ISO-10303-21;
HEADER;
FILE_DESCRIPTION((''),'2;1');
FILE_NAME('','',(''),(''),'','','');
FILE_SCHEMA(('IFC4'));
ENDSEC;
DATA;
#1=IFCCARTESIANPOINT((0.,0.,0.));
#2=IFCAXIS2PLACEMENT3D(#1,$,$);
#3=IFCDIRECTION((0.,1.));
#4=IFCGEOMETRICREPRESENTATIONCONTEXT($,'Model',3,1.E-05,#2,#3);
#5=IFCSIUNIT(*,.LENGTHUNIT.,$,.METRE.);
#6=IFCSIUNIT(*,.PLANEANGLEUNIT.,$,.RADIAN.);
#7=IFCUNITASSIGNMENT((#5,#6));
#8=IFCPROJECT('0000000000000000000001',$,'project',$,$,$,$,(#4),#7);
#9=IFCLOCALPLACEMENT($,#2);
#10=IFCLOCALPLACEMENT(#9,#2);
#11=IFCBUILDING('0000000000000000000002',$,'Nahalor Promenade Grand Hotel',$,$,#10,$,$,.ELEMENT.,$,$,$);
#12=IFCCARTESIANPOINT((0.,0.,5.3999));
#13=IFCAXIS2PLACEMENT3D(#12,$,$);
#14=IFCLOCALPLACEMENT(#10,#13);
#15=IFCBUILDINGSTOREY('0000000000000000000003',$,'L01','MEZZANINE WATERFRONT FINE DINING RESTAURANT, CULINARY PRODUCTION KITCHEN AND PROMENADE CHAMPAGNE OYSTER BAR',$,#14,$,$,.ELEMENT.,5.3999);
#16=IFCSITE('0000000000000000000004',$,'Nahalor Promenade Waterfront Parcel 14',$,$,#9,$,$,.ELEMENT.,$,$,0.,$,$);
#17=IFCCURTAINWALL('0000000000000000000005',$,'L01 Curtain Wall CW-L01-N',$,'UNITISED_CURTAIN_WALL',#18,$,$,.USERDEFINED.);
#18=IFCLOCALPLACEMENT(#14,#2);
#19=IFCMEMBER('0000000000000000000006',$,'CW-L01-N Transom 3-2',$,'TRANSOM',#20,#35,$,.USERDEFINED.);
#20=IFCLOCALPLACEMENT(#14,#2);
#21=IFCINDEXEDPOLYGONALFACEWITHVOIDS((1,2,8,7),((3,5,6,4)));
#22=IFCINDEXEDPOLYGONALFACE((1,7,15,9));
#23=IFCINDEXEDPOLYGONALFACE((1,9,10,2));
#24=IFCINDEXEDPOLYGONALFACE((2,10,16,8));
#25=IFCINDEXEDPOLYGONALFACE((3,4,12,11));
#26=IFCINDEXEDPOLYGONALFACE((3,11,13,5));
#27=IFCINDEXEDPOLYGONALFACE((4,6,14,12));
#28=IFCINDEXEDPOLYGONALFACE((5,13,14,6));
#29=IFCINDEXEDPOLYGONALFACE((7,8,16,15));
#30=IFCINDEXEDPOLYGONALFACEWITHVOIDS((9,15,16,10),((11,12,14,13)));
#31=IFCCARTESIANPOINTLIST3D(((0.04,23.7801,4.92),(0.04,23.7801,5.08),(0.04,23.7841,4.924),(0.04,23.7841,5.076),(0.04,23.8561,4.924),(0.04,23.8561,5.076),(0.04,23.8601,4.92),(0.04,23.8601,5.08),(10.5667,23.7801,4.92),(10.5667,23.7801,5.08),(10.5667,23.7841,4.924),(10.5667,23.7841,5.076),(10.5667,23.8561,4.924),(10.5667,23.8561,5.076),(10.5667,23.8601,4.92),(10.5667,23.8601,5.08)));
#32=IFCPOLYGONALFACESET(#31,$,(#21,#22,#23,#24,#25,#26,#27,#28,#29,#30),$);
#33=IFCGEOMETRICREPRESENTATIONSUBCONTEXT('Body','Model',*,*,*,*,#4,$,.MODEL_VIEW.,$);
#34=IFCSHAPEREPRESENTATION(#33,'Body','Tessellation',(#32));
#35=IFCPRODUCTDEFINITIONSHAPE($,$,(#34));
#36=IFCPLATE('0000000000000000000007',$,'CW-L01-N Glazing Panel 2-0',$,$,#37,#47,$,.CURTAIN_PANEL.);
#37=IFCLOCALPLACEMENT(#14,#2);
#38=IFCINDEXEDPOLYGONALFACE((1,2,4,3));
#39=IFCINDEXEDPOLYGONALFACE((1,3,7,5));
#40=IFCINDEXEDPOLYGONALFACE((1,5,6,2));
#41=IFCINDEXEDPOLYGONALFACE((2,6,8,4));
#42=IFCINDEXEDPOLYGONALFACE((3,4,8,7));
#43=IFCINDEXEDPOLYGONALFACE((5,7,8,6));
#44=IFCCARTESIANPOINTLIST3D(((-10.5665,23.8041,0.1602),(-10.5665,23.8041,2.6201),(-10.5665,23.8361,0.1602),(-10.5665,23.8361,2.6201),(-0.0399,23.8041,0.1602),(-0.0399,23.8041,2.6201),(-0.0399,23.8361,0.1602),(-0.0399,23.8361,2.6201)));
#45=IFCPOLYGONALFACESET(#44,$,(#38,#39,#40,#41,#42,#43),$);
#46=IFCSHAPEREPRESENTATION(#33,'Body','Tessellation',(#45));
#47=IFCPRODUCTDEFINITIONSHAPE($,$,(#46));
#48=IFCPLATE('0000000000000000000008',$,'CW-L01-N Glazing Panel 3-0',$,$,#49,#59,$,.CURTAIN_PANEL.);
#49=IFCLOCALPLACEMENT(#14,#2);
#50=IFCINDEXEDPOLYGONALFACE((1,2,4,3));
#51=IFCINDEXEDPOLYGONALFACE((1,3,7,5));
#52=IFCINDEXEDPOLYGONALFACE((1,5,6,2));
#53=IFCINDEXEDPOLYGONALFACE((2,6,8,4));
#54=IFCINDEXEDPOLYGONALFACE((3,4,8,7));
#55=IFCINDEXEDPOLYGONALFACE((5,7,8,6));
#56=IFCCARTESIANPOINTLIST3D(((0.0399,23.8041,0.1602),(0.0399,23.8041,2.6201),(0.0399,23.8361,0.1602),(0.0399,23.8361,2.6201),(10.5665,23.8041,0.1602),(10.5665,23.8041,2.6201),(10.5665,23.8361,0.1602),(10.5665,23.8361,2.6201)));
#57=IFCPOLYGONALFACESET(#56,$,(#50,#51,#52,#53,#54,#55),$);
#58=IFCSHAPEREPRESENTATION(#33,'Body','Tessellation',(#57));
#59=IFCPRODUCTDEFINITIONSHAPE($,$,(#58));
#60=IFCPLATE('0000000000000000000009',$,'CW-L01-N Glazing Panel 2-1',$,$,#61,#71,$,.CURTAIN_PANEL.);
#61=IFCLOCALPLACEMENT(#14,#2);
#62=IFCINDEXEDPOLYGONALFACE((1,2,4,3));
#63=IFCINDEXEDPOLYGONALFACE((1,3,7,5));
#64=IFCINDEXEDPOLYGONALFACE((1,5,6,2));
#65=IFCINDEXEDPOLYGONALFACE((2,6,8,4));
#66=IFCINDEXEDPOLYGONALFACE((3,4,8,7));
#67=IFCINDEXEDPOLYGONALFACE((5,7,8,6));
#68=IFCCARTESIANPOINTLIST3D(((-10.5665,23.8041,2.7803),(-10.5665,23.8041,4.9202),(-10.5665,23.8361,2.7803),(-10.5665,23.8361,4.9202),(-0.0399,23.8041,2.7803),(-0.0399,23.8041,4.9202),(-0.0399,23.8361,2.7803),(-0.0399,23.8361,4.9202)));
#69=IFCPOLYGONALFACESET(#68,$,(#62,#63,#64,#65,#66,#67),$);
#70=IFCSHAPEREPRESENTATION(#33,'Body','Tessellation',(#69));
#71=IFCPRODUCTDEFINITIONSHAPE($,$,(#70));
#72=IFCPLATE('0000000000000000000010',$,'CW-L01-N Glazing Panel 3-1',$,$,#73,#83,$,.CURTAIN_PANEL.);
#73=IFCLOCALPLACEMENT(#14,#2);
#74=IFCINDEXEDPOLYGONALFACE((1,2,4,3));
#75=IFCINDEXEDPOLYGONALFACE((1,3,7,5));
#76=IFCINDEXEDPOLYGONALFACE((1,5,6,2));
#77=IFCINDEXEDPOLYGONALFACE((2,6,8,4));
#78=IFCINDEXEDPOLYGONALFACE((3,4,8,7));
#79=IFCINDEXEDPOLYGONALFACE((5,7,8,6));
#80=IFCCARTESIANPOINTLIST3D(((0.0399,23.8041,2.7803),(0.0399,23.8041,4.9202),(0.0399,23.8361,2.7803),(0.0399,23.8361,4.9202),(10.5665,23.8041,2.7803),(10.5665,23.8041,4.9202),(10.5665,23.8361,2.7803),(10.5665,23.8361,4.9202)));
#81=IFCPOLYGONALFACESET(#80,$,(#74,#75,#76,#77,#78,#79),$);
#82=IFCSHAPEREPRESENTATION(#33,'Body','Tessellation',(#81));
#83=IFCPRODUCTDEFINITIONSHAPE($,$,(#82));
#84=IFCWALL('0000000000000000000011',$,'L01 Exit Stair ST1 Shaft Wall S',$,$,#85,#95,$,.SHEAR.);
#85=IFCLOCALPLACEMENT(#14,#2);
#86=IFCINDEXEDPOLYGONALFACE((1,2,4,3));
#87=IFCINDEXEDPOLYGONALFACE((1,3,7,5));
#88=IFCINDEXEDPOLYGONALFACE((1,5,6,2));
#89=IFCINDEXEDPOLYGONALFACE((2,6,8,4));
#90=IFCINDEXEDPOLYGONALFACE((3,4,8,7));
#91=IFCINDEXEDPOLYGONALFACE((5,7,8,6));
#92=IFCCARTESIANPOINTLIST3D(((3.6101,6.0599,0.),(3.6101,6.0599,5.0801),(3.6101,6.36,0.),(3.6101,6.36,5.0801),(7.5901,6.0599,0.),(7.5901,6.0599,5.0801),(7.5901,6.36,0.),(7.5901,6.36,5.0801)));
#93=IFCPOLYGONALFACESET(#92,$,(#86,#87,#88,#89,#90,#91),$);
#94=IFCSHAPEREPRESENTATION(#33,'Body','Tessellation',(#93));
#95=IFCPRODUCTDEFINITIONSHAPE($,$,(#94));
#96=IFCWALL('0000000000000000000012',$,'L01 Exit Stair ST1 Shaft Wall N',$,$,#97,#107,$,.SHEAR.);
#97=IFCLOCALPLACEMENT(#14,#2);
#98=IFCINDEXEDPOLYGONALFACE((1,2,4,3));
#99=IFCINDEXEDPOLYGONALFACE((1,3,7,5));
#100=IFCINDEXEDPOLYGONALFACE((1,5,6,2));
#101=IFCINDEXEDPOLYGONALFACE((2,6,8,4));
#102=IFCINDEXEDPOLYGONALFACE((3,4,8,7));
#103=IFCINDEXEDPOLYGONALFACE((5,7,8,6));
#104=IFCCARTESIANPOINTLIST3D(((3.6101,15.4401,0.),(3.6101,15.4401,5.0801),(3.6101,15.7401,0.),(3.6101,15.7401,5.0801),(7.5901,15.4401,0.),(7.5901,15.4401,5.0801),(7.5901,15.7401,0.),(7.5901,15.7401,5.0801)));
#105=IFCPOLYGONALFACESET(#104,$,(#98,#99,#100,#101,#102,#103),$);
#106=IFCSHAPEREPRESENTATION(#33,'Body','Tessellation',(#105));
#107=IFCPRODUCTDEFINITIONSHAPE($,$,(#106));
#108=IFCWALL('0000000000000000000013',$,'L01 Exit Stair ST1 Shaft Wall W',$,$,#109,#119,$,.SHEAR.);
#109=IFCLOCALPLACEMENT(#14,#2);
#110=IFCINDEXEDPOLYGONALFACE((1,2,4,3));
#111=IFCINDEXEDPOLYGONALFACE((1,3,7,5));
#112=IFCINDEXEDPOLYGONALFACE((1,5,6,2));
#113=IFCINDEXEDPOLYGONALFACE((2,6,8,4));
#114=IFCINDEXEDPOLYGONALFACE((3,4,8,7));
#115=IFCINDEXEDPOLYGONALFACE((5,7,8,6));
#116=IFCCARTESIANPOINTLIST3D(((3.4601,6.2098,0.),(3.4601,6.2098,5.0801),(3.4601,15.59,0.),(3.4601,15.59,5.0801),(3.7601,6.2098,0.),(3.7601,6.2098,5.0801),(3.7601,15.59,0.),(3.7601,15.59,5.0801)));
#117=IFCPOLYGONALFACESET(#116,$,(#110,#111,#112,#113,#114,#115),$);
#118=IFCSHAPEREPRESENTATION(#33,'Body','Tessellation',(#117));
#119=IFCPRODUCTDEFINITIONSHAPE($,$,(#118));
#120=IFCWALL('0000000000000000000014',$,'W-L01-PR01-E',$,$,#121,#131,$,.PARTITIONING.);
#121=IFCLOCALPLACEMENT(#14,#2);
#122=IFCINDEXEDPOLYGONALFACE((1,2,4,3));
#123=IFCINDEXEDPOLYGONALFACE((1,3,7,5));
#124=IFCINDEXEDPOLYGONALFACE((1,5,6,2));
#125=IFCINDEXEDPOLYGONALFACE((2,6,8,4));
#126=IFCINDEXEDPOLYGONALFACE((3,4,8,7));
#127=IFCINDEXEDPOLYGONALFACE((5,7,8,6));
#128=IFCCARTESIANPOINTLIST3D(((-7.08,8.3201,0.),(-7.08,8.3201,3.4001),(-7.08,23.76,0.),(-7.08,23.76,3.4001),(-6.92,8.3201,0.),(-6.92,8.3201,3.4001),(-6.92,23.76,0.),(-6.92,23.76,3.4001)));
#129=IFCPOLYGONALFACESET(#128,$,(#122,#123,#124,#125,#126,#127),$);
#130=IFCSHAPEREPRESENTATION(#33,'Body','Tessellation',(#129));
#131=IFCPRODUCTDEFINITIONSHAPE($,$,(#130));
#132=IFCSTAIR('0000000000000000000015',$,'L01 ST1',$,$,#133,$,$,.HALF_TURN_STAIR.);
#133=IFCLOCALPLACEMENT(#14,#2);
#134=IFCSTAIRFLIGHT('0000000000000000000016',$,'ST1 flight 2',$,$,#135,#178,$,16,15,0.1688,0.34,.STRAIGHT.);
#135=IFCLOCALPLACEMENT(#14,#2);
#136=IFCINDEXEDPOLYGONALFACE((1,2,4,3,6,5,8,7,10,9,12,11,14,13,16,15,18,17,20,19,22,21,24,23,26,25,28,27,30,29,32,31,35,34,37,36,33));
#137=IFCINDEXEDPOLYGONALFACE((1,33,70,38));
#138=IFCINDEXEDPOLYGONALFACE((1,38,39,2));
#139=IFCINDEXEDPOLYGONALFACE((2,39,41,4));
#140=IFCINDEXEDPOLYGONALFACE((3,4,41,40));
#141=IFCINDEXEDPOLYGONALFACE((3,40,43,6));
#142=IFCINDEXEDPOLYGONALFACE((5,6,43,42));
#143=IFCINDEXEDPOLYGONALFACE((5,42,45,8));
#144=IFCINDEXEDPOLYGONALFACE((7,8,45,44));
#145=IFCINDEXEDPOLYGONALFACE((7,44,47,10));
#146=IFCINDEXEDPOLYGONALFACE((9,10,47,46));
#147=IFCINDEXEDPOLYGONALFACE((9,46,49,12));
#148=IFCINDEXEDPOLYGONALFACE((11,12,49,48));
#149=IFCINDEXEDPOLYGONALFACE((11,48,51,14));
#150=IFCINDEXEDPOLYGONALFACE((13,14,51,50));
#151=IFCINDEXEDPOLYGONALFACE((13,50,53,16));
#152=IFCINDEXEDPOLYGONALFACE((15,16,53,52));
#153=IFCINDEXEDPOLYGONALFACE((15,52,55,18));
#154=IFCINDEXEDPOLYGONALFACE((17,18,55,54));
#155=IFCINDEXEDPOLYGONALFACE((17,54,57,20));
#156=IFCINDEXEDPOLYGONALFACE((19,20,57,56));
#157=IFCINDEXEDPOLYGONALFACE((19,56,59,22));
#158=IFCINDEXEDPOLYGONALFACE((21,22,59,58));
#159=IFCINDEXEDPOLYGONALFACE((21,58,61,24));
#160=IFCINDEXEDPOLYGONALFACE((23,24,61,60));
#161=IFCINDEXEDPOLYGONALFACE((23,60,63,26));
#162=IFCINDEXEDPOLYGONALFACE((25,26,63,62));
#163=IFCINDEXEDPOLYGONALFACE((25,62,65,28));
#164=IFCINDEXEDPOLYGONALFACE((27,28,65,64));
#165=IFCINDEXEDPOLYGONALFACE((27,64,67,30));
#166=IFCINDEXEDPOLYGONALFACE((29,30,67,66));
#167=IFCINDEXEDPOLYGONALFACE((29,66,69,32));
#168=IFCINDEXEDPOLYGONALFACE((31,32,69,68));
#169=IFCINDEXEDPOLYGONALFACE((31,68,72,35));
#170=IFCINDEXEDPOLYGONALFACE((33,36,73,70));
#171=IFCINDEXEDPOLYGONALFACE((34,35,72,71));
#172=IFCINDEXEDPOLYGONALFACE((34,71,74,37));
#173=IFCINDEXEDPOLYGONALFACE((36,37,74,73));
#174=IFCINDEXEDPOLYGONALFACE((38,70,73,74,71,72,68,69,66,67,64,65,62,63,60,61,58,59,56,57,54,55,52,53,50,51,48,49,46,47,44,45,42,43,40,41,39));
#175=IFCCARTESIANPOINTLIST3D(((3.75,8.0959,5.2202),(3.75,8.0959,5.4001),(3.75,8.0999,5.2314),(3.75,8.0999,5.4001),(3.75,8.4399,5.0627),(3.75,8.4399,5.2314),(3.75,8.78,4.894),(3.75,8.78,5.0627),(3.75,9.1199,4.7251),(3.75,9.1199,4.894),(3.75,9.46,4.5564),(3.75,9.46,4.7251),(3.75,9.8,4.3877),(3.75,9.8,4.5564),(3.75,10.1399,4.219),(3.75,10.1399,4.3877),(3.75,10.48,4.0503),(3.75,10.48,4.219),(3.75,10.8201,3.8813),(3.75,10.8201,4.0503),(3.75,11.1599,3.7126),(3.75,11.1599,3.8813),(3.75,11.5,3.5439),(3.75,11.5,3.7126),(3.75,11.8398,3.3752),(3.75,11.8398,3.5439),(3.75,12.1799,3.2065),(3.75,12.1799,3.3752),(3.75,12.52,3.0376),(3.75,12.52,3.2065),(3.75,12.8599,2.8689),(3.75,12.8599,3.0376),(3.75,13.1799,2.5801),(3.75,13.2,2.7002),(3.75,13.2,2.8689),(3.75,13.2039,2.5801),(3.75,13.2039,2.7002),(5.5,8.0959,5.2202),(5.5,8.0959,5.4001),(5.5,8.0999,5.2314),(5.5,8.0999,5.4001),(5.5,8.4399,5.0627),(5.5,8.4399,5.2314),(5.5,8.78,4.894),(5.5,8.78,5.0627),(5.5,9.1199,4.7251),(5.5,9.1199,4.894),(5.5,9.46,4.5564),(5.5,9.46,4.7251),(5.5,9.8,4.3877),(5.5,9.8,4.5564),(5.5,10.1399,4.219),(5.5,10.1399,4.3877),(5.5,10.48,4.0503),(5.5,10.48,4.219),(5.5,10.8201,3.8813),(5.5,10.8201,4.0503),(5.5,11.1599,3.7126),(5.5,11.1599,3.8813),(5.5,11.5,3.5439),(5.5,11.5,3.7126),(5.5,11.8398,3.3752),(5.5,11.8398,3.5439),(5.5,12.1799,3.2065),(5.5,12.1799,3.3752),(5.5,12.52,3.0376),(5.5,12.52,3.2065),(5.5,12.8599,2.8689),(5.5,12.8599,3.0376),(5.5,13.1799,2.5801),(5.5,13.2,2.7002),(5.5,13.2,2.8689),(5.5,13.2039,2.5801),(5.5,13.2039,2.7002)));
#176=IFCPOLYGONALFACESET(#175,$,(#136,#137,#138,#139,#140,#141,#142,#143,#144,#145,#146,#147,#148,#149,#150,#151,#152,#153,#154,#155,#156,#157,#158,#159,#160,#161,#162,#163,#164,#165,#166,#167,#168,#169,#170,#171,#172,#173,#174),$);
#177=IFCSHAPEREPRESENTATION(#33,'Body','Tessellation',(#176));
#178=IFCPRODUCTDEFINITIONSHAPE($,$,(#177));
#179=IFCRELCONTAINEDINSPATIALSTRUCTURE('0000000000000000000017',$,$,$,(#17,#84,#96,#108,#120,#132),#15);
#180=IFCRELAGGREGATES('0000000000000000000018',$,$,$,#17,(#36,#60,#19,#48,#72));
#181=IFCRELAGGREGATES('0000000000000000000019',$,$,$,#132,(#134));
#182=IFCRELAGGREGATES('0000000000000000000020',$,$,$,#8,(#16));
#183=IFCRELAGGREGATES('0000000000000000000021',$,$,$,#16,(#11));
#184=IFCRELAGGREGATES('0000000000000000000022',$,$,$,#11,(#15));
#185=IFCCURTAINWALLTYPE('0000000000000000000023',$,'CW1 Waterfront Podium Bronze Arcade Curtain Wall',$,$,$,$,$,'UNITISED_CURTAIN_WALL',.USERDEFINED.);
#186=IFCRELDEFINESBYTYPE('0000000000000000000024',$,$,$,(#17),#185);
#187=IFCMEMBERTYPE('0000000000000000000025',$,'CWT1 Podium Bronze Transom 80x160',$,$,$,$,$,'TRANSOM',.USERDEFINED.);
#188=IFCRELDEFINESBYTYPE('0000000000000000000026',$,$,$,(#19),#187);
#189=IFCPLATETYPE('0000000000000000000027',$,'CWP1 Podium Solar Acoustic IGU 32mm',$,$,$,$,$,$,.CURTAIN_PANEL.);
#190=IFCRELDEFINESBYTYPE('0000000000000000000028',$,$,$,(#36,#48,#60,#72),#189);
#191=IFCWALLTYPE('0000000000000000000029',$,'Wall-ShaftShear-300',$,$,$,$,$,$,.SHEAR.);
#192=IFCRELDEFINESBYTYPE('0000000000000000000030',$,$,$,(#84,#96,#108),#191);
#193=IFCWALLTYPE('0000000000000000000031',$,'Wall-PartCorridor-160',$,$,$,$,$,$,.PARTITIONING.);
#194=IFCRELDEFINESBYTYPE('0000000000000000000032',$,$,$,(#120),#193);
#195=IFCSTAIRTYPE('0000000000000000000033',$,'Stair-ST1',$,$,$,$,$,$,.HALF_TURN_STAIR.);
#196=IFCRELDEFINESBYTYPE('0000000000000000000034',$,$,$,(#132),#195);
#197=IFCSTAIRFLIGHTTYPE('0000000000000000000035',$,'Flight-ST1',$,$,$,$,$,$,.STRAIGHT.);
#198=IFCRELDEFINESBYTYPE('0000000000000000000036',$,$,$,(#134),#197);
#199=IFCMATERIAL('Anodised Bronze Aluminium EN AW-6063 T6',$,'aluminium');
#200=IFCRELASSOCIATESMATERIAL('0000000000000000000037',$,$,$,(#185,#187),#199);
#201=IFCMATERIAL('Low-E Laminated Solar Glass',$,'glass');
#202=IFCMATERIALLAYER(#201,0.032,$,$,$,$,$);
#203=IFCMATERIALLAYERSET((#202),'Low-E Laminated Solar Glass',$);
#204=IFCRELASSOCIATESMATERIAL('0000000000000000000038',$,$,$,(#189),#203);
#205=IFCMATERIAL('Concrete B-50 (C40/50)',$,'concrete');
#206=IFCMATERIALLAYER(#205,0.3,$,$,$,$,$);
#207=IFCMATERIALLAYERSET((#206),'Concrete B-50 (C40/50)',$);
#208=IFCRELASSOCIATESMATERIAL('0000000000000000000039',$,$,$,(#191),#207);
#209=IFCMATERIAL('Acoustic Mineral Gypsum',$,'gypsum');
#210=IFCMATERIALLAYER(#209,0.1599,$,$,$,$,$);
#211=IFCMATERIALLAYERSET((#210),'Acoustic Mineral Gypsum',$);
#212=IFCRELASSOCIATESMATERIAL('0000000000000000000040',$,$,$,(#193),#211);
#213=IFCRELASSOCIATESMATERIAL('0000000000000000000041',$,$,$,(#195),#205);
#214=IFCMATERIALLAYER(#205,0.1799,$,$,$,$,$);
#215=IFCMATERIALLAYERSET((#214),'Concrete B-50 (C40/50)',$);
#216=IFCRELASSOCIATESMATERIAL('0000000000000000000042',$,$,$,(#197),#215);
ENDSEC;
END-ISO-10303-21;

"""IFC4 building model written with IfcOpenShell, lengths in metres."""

from ifc_helpers import new_model, si_unit, direction, frame, frame_2d, origin, origin_2d, place, context, subcontext, project, spatial, polyline, rectangle, hollow_rectangle, outline, extrude, source, transform, mapped, material, layer, layer_set, material_profile, profile_set, type_object, element, aggregate, save


model = new_model("IFC4")

# Units and contexts
model_context = context("Model", 3, precision=1e-05, world=origin(), true_north=direction((0.0, 1.0)))
body_context = subcontext(model_context, "Body", "Model", "MODEL_VIEW")
ifc_project = project(units=[si_unit("LENGTHUNIT", "METRE"), si_unit("PLANEANGLEUNIT", "RADIAN")], contexts=[model_context])

# Site, building, storey
site_placement = place(None, origin())
site = spatial("IfcSite", under=ifc_project, at=site_placement, Name="Nahalor Promenade Waterfront Parcel 14", CompositionType="ELEMENT", RefElevation=0.0)
building_placement = place(site_placement, origin())
building = spatial("IfcBuilding", under=site, at=building_placement, Name="Nahalor Promenade Grand Hotel", CompositionType="ELEMENT")
storey_placement = place(building_placement, frame((0.0, 0.0, 5.3999)))
storey = spatial("IfcBuildingStorey", under=building, at=storey_placement, Name="L01", Description="MEZZANINE WATERFRONT FINE DINING RESTAURANT, CULINARY PRODUCTION KITCHEN AND PROMENADE CHAMPAGNE OYSTER BAR", CompositionType="ELEMENT", Elevation=5.3999)

# Curtain wall, member, plates
ifc_material_1 = material(Name="Anodised Bronze Aluminium EN AW-6063 T6", Category="aluminium")
curtain_wall_type = type_object("IfcCurtainWallType", Name="CW1 Waterfront Podium Bronze Arcade Curtain Wall", ElementType="UNITISED_CURTAIN_WALL", PredefinedType="USERDEFINED", material=ifc_material_1)
curtain_wall_placement = place(storey_placement, origin())
curtain_wall = element("IfcCurtainWall", 1, at=curtain_wall_placement, inside=storey, type_object=curtain_wall_type, Name="L01 Curtain Wall CW-L01-N", ObjectType="UNITISED_CURTAIN_WALL", PredefinedType="USERDEFINED")
ifc_material_profile_1 = material_profile(ifc_material_1, hollow_rectangle(XDim=0.08, YDim=0.16, WallThickness=0.004, at=origin_2d()), Name="CWT 80x160x4")
ifc_profile_set_1 = profile_set([ifc_material_profile_1], Name="Anodised Bronze Aluminium EN AW-6063 T6")
member_type_1 = type_object("IfcMemberType", Name="CWT1 Podium Bronze Transom 80x160", ElementType="TRANSOM", PredefinedType="USERDEFINED", material=ifc_profile_set_1)
shared_shape_1 = source(origin(), body_context, "Body", "SweptSolid", [
    extrude(hollow_rectangle(XDim=0.08, YDim=0.16, WallThickness=0.004, at=origin_2d()), origin(), (0.0, 0.0, 1.0), 10.5266),
])
member_1_placement = place(storey_placement, frame((0.04, 23.8201, 5.0), z_axis=(1.0, 0.0, 0.0), x_axis=(0.0, 1.0, 0.0)))
member_1 = element("IfcMember", 2, at=member_1_placement, type_object=member_type_1, Name="CW-L01-N Transom 3-2", ObjectType="TRANSOM", PredefinedType="USERDEFINED", context=body_context, shape_type="MappedRepresentation", body=[
    mapped(shared_shape_1, transform((0.0, 0.0, 0.0), scale=1.0)),
])
ifc_material_2 = material(Name="Low-E Laminated Solar Glass", Category="glass")
ifc_layer_1 = layer(ifc_material_2, 0.032)
ifc_layer_set_1 = layer_set([ifc_layer_1], Name="Low-E Laminated Solar Glass")
plate_type = type_object("IfcPlateType", Name="CWP1 Podium Solar Acoustic IGU 32mm", PredefinedType="CURTAIN_PANEL", material=ifc_layer_set_1)
shared_shape_2 = source(origin(), body_context, "Body", "SweptSolid", [
    extrude(rectangle(XDim=10.5266, YDim=0.032, at=origin_2d()), origin(), (0.0, 0.0, 1.0), 2.46),
])
plate_1_placement = place(storey_placement, frame((-5.3032, 23.8201, 0.1602), z_axis=(0.0, 0.0, 1.0), x_axis=(1.0, 0.0, 0.0)))
plate_1 = element("IfcPlate", 3, at=plate_1_placement, type_object=plate_type, Name="CW-L01-N Glazing Panel 2-0", PredefinedType="CURTAIN_PANEL", context=body_context, shape_type="MappedRepresentation", body=[
    mapped(shared_shape_2, transform((0.0, 0.0, 0.0), scale=1.0)),
])
plate_2_placement = place(storey_placement, frame((5.3032, 23.8201, 0.1602), z_axis=(0.0, 0.0, 1.0), x_axis=(1.0, 0.0, 0.0)))
plate_2 = element("IfcPlate", 4, at=plate_2_placement, type_object=plate_type, Name="CW-L01-N Glazing Panel 3-0", PredefinedType="CURTAIN_PANEL", context=body_context, shape_type="MappedRepresentation", body=[
    mapped(shared_shape_2, transform((0.0, 0.0, 0.0), scale=1.0)),
])
shared_shape_3 = source(origin(), body_context, "Body", "SweptSolid", [
    extrude(rectangle(XDim=10.5266, YDim=0.032, at=origin_2d()), origin(), (0.0, 0.0, 1.0), 2.1399),
])
plate_3_placement = place(storey_placement, frame((-5.3032, 23.8201, 2.7803), z_axis=(0.0, 0.0, 1.0), x_axis=(1.0, 0.0, 0.0)))
plate_3 = element("IfcPlate", 5, at=plate_3_placement, type_object=plate_type, Name="CW-L01-N Glazing Panel 2-1", PredefinedType="CURTAIN_PANEL", context=body_context, shape_type="MappedRepresentation", body=[
    mapped(shared_shape_3, transform((0.0, 0.0, 0.0), scale=1.0)),
])
plate_4_placement = place(storey_placement, frame((5.3032, 23.8201, 2.7803), z_axis=(0.0, 0.0, 1.0), x_axis=(1.0, 0.0, 0.0)))
plate_4 = element("IfcPlate", 6, at=plate_4_placement, type_object=plate_type, Name="CW-L01-N Glazing Panel 3-1", PredefinedType="CURTAIN_PANEL", context=body_context, shape_type="MappedRepresentation", body=[
    mapped(shared_shape_3, transform((0.0, 0.0, 0.0), scale=1.0)),
])
aggregate(curtain_wall, [plate_1, plate_3, member_1, plate_2, plate_4])

# Walls
ifc_material_3 = material(Name="Concrete B-50 (C40/50)", Category="concrete")
ifc_layer_2 = layer(ifc_material_3, 0.3)
ifc_layer_set_2 = layer_set([ifc_layer_2], Name="Concrete B-50 (C40/50)")
wall_type_1 = type_object("IfcWallType", Name="Wall-ShaftShear-300", PredefinedType="SHEAR", material=ifc_layer_set_2)
shared_shape_4 = source(origin(), body_context, "Body", "SweptSolid", [
    extrude(rectangle(XDim=3.98, YDim=0.3, at=frame_2d((1.99, 0.0))), origin(), (0.0, 0.0, 1.0), 5.0801),
])
for number, where, z_axis, x_axis, name in (
    (7, (3.6101, 6.21, 0.0), (0.0, 0.0, 1.0), (1.0, 0.0, 0.0), "L01 Exit Stair ST1 Shaft Wall S"),
    (8, (3.6101, 15.5901, 0.0), (0.0, 0.0, 1.0), (1.0, 0.0, 0.0), "L01 Exit Stair ST1 Shaft Wall N"),
):
    element("IfcWall", number, at=place(storey_placement, frame(where, z_axis=z_axis, x_axis=x_axis)), inside=storey, type_object=wall_type_1, Name=name, PredefinedType="SHEAR", context=body_context, shape_type="MappedRepresentation", body=[
        mapped(shared_shape_4, transform((0.0, 0.0, 0.0), scale=1.0)),
    ])
shared_shape_5 = source(origin(), body_context, "Body", "SweptSolid", [
    extrude(rectangle(XDim=9.3801, YDim=0.3, at=frame_2d((4.6899, 0.0))), origin(), (0.0, 0.0, 1.0), 5.0801),
])
wall_1_placement = place(storey_placement, frame((3.6101, 6.21, 0.0), z_axis=(0.0, 0.0, 1.0), x_axis=(0.0, 1.0, 0.0)))
element("IfcWall", 9, at=wall_1_placement, inside=storey, type_object=wall_type_1, Name="L01 Exit Stair ST1 Shaft Wall W", PredefinedType="SHEAR", context=body_context, shape_type="MappedRepresentation", body=[
    mapped(shared_shape_5, transform((0.0, 0.0, 0.0), scale=1.0)),
])
ifc_material_4 = material(Name="Acoustic Mineral Gypsum", Category="gypsum")
ifc_layer_3 = layer(ifc_material_4, 0.1599)
ifc_layer_set_3 = layer_set([ifc_layer_3], Name="Acoustic Mineral Gypsum")
wall_type_2 = type_object("IfcWallType", Name="Wall-PartCorridor-160", PredefinedType="PARTITIONING", material=ifc_layer_set_3)
shared_shape_6 = source(origin(), body_context, "Body", "SweptSolid", [
    extrude(rectangle(XDim=15.4399, YDim=0.1599, at=frame_2d((7.72, 0.0))), origin(), (0.0, 0.0, 1.0), 3.4001),
])
wall_2_placement = place(storey_placement, frame((-7.0, 8.3201, 0.0), z_axis=(0.0, 0.0, 1.0), x_axis=(0.0, 1.0, 0.0)))
element("IfcWall", 10, at=wall_2_placement, inside=storey, type_object=wall_type_2, Name="W-L01-PR01-E", PredefinedType="PARTITIONING", context=body_context, shape_type="MappedRepresentation", body=[
    mapped(shared_shape_6, transform((0.0, 0.0, 0.0), scale=1.0)),
])

# Stair, stair flight
stair_type = type_object("IfcStairType", Name="Stair-ST1", PredefinedType="HALF_TURN_STAIR", material=ifc_material_3)
stair_placement = place(storey_placement, origin())
stair = element("IfcStair", 11, at=stair_placement, inside=storey, type_object=stair_type, Name="L01 ST1", PredefinedType="HALF_TURN_STAIR")
ifc_layer_4 = layer(ifc_material_3, 0.1799)
ifc_layer_set_4 = layer_set([ifc_layer_4], Name="Concrete B-50 (C40/50)")
stair_flight_type = type_object("IfcStairFlightType", Name="Flight-ST1", PredefinedType="STRAIGHT", material=ifc_layer_set_4)
shared_shape_7 = source(origin(), body_context, "Body", "SweptSolid", [
    extrude(outline(polyline([(-0.0039, -0.1201), (-0.0039, 0.0), (0.0, 0.0), (0.0, 0.1687), (0.3401, 0.1687), (0.3401, 0.3374), (0.6799, 0.3374), (0.6799, 0.5063), (1.02, 0.5063), (1.02, 0.675), (1.3601, 0.675), (1.3601, 0.8438), (1.7, 0.8438), (1.7, 1.0125), (2.04, 1.0125), (2.04, 1.1812), (2.3799, 1.1812), (2.3799, 1.3501), (2.72, 1.3501), (2.72, 1.5188), (3.0601, 1.5188), (3.0601, 1.6875), (3.3999, 1.6875), (3.3999, 1.8562), (3.74, 1.8562), (3.74, 2.0249), (4.0801, 2.0249), (4.0801, 2.1938), (4.4199, 2.1938), (4.4199, 2.3625), (4.76, 2.3625), (4.76, 2.5312), (5.1001, 2.5312), (5.1001, 2.7), (5.104, 2.7), (5.104, 2.52), (0.02, -0.1201), (-0.0039, -0.1201)])), frame((0.0, 0.875, 0.0), z_axis=(0.0, -1.0, 0.0), x_axis=(1.0, 0.0, 0.0)), (0.0, 0.0, 1.0), 1.75),
])
stair_flight_placement = place(storey_placement, frame((4.625, 13.2, 2.7002), z_axis=(0.0, 0.0, 1.0), x_axis=(0.0, -1.0, 0.0)))
stair_flight = element("IfcStairFlight", 12, at=stair_flight_placement, type_object=stair_flight_type, Name="ST1 flight 2", NumberOfRisers=16, NumberOfTreads=15, PredefinedType="STRAIGHT", RiserHeight=0.1688, TreadLength=0.34, context=body_context, shape_type="MappedRepresentation", body=[
    mapped(shared_shape_7, transform((0.0, 0.0, 0.0), scale=1.0)),
])
aggregate(stair, [stair_flight])

save(model, "model.ifc")
